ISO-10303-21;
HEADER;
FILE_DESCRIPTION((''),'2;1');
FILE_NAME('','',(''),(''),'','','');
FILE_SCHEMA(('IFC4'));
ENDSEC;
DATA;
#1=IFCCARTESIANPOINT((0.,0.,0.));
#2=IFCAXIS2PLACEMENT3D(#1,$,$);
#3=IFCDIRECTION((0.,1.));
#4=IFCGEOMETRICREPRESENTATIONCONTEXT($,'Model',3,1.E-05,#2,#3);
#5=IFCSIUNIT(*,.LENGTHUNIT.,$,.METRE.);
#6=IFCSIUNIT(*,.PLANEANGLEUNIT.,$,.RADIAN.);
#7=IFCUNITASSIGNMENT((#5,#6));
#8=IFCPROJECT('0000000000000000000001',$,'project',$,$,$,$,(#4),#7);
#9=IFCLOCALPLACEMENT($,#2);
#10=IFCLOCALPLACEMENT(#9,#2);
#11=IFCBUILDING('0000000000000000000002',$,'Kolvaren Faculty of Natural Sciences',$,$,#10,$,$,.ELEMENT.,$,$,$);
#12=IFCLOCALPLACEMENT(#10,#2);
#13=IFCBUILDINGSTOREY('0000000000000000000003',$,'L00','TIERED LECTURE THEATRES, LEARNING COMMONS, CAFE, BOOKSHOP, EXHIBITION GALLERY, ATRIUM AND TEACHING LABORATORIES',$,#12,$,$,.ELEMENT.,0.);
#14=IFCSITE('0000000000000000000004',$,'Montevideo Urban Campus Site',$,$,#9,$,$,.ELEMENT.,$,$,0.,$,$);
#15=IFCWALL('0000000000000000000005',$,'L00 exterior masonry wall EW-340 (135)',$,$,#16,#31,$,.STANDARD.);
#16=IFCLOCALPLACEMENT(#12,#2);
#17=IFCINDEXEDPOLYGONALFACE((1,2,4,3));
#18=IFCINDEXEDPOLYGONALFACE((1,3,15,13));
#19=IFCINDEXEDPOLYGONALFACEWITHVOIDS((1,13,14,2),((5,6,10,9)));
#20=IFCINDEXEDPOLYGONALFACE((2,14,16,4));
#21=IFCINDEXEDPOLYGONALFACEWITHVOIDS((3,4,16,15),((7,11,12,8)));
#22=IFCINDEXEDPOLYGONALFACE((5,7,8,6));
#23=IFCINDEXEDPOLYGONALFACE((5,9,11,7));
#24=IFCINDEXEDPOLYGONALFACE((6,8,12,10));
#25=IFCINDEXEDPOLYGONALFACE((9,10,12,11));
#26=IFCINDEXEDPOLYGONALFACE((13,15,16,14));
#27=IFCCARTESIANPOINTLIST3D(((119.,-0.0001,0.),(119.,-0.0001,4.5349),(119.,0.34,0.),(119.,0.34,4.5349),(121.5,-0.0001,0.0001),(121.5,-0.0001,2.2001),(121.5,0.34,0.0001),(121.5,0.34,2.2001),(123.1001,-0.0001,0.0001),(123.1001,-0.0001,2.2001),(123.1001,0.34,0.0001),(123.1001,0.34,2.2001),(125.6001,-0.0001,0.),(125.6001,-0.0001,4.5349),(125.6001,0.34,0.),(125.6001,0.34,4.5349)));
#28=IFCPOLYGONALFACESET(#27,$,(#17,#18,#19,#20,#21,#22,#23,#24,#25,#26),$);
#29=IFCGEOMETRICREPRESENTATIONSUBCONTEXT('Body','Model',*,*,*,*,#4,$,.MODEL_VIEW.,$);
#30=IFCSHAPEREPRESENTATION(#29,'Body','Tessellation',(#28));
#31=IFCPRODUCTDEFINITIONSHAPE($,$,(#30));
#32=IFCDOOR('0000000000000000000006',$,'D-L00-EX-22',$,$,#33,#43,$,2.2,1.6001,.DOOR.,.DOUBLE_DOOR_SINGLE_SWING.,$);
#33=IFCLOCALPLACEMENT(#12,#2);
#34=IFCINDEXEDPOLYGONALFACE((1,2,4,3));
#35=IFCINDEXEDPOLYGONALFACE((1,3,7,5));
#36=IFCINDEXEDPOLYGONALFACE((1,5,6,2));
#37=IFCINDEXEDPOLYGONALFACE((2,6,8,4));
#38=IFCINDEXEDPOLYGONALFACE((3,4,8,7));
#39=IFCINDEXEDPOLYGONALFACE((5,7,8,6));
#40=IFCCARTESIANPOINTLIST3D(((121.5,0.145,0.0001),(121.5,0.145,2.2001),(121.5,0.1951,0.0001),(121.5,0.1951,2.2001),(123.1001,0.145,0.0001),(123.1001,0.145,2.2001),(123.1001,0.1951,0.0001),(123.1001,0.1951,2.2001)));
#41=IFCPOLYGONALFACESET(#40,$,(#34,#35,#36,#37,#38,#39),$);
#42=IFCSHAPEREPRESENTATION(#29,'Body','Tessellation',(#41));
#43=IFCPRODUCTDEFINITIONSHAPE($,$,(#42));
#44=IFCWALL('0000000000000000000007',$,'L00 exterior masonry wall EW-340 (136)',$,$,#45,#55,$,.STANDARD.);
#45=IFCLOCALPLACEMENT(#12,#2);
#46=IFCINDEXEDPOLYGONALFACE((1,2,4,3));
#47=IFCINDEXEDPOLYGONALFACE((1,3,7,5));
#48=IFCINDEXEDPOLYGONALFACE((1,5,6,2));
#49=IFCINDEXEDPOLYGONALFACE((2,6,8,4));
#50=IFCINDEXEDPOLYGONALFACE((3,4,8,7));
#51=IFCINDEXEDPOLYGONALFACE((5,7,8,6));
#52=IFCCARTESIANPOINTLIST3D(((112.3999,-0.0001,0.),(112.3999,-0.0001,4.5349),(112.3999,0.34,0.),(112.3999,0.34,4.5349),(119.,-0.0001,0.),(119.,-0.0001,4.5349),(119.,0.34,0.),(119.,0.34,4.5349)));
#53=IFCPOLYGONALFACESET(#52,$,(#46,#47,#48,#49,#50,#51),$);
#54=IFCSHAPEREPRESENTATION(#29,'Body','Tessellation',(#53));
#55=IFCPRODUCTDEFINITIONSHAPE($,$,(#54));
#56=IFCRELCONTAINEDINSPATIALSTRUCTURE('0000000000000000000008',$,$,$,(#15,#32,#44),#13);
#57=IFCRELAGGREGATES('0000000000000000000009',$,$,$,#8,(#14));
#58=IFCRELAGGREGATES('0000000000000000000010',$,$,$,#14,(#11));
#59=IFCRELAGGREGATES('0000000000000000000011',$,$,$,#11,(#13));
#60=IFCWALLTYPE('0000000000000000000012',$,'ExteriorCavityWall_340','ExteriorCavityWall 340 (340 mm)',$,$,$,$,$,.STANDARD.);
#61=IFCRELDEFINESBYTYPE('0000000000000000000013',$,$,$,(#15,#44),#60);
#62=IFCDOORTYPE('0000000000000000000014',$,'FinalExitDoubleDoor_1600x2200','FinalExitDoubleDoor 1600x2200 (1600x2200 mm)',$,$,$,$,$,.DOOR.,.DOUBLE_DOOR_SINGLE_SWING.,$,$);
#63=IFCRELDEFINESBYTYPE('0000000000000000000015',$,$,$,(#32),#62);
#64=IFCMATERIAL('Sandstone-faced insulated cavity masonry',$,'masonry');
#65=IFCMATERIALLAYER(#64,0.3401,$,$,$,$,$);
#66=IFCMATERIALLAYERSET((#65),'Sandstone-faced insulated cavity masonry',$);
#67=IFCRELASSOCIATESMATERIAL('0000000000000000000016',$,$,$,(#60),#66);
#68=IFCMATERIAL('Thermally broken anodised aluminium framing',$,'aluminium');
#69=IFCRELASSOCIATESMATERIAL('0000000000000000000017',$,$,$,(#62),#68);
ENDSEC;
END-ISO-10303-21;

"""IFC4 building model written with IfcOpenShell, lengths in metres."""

from ifc_helpers import new_model, si_unit, direction, frame, frame_2d, origin, place, context, subcontext, project, spatial, rectangle, extrude, material, layer, layer_set, type_object, element, fill, save


model = new_model("IFC4")

# Units and contexts
model_context = context("Model", 3, precision=1e-05, world=origin(), true_north=direction((0.0, 1.0)))
body_context = subcontext(model_context, "Body", "Model", "MODEL_VIEW")
ifc_project = project(units=[si_unit("LENGTHUNIT", "METRE"), si_unit("PLANEANGLEUNIT", "RADIAN")], contexts=[model_context])

# Site, building, storey
site_placement = place(None, origin())
site = spatial("IfcSite", under=ifc_project, at=site_placement, Name="Montevideo Urban Campus Site", CompositionType="ELEMENT", RefElevation=0.0)
building_placement = place(site_placement, origin())
building = spatial("IfcBuilding", under=site, at=building_placement, Name="Kolvaren Faculty of Natural Sciences", CompositionType="ELEMENT")
storey_placement = place(building_placement, origin())
storey = spatial("IfcBuildingStorey", under=building, at=storey_placement, Name="L00", Description="TIERED LECTURE THEATRES, LEARNING COMMONS, CAFE, BOOKSHOP, EXHIBITION GALLERY, ATRIUM AND TEACHING LABORATORIES", CompositionType="ELEMENT", Elevation=0.0)

# Wall, opening, door
ifc_material_1 = material(Name="Sandstone-faced insulated cavity masonry", Category="masonry")
ifc_layer = layer(ifc_material_1, 0.3401)
ifc_layer_set = layer_set([ifc_layer], Name="Sandstone-faced insulated cavity masonry")
wall_type = type_object("IfcWallType", Name="ExteriorCavityWall_340", Description="ExteriorCavityWall 340 (340 mm)", PredefinedType="STANDARD", material=ifc_layer_set)
wall_1_placement = place(storey_placement, frame((125.6001, 0.1699, 0.0), z_axis=(0.0, 0.0, 1.0), x_axis=(-1.0, 0.0, 0.0)))
wall_1 = element("IfcWall", 1, at=wall_1_placement, inside=storey, type_object=wall_type, Name="L00 exterior masonry wall EW-340 (135)", PredefinedType="STANDARD", context=body_context, shape_type="SweptSolid", body=[
    extrude(rectangle(XDim=6.6001, YDim=0.3401, at=frame_2d((3.3, 0.0))), origin(), (0.0, 0.0, 1.0), 4.5349),
])
opening_placement = place(wall_1_placement, frame((2.5, 0.0, 0.0)))
opening = element("IfcOpeningElement", 2, at=opening_placement, cuts=wall_1, PredefinedType="OPENING", context=body_context, shape_type="SweptSolid", body=[
    extrude(rectangle(XDim=1.6001, YDim=2.2, at=frame_2d((0.8, 1.1001))), frame((0.0, 0.1799, 0.0), z_axis=(0.0, -1.0, 0.0), x_axis=(1.0, 0.0, 0.0)), (0.0, 0.0, 1.0), 0.3601),
])
ifc_material_2 = material(Name="Thermally broken anodised aluminium framing", Category="aluminium")
door_type = type_object("IfcDoorType", Name="FinalExitDoubleDoor_1600x2200", Description="FinalExitDoubleDoor 1600x2200 (1600x2200 mm)", OperationType="DOUBLE_DOOR_SINGLE_SWING", PredefinedType="DOOR", material=ifc_material_2)
door_placement = place(opening_placement, origin())
door = element("IfcDoor", 3, at=door_placement, inside=storey, type_object=door_type, Name="D-L00-EX-22", OperationType="DOUBLE_DOOR_SINGLE_SWING", OverallHeight=2.2, OverallWidth=1.6001, PredefinedType="DOOR", context=body_context, shape_type="SweptSolid", body=[
    extrude(rectangle(XDim=1.6001, YDim=2.2, at=frame_2d((0.8, 1.1001))), frame((0.0, 0.0249, 0.0), z_axis=(0.0, -1.0, 0.0), x_axis=(1.0, 0.0, 0.0)), (0.0, 0.0, 1.0), 0.05),
])
fill(opening, door)

# Wall
wall_2_placement = place(storey_placement, frame((119.0, 0.1699, 0.0), z_axis=(0.0, 0.0, 1.0), x_axis=(-1.0, 0.0, 0.0)))
element("IfcWall", 4, at=wall_2_placement, inside=storey, type_object=wall_type, Name="L00 exterior masonry wall EW-340 (136)", PredefinedType="STANDARD", context=body_context, shape_type="SweptSolid", body=[
    extrude(rectangle(XDim=6.6001, YDim=0.3401, at=frame_2d((3.3, 0.0))), origin(), (0.0, 0.0, 1.0), 4.5349),
])

save(model, "model.ifc")
